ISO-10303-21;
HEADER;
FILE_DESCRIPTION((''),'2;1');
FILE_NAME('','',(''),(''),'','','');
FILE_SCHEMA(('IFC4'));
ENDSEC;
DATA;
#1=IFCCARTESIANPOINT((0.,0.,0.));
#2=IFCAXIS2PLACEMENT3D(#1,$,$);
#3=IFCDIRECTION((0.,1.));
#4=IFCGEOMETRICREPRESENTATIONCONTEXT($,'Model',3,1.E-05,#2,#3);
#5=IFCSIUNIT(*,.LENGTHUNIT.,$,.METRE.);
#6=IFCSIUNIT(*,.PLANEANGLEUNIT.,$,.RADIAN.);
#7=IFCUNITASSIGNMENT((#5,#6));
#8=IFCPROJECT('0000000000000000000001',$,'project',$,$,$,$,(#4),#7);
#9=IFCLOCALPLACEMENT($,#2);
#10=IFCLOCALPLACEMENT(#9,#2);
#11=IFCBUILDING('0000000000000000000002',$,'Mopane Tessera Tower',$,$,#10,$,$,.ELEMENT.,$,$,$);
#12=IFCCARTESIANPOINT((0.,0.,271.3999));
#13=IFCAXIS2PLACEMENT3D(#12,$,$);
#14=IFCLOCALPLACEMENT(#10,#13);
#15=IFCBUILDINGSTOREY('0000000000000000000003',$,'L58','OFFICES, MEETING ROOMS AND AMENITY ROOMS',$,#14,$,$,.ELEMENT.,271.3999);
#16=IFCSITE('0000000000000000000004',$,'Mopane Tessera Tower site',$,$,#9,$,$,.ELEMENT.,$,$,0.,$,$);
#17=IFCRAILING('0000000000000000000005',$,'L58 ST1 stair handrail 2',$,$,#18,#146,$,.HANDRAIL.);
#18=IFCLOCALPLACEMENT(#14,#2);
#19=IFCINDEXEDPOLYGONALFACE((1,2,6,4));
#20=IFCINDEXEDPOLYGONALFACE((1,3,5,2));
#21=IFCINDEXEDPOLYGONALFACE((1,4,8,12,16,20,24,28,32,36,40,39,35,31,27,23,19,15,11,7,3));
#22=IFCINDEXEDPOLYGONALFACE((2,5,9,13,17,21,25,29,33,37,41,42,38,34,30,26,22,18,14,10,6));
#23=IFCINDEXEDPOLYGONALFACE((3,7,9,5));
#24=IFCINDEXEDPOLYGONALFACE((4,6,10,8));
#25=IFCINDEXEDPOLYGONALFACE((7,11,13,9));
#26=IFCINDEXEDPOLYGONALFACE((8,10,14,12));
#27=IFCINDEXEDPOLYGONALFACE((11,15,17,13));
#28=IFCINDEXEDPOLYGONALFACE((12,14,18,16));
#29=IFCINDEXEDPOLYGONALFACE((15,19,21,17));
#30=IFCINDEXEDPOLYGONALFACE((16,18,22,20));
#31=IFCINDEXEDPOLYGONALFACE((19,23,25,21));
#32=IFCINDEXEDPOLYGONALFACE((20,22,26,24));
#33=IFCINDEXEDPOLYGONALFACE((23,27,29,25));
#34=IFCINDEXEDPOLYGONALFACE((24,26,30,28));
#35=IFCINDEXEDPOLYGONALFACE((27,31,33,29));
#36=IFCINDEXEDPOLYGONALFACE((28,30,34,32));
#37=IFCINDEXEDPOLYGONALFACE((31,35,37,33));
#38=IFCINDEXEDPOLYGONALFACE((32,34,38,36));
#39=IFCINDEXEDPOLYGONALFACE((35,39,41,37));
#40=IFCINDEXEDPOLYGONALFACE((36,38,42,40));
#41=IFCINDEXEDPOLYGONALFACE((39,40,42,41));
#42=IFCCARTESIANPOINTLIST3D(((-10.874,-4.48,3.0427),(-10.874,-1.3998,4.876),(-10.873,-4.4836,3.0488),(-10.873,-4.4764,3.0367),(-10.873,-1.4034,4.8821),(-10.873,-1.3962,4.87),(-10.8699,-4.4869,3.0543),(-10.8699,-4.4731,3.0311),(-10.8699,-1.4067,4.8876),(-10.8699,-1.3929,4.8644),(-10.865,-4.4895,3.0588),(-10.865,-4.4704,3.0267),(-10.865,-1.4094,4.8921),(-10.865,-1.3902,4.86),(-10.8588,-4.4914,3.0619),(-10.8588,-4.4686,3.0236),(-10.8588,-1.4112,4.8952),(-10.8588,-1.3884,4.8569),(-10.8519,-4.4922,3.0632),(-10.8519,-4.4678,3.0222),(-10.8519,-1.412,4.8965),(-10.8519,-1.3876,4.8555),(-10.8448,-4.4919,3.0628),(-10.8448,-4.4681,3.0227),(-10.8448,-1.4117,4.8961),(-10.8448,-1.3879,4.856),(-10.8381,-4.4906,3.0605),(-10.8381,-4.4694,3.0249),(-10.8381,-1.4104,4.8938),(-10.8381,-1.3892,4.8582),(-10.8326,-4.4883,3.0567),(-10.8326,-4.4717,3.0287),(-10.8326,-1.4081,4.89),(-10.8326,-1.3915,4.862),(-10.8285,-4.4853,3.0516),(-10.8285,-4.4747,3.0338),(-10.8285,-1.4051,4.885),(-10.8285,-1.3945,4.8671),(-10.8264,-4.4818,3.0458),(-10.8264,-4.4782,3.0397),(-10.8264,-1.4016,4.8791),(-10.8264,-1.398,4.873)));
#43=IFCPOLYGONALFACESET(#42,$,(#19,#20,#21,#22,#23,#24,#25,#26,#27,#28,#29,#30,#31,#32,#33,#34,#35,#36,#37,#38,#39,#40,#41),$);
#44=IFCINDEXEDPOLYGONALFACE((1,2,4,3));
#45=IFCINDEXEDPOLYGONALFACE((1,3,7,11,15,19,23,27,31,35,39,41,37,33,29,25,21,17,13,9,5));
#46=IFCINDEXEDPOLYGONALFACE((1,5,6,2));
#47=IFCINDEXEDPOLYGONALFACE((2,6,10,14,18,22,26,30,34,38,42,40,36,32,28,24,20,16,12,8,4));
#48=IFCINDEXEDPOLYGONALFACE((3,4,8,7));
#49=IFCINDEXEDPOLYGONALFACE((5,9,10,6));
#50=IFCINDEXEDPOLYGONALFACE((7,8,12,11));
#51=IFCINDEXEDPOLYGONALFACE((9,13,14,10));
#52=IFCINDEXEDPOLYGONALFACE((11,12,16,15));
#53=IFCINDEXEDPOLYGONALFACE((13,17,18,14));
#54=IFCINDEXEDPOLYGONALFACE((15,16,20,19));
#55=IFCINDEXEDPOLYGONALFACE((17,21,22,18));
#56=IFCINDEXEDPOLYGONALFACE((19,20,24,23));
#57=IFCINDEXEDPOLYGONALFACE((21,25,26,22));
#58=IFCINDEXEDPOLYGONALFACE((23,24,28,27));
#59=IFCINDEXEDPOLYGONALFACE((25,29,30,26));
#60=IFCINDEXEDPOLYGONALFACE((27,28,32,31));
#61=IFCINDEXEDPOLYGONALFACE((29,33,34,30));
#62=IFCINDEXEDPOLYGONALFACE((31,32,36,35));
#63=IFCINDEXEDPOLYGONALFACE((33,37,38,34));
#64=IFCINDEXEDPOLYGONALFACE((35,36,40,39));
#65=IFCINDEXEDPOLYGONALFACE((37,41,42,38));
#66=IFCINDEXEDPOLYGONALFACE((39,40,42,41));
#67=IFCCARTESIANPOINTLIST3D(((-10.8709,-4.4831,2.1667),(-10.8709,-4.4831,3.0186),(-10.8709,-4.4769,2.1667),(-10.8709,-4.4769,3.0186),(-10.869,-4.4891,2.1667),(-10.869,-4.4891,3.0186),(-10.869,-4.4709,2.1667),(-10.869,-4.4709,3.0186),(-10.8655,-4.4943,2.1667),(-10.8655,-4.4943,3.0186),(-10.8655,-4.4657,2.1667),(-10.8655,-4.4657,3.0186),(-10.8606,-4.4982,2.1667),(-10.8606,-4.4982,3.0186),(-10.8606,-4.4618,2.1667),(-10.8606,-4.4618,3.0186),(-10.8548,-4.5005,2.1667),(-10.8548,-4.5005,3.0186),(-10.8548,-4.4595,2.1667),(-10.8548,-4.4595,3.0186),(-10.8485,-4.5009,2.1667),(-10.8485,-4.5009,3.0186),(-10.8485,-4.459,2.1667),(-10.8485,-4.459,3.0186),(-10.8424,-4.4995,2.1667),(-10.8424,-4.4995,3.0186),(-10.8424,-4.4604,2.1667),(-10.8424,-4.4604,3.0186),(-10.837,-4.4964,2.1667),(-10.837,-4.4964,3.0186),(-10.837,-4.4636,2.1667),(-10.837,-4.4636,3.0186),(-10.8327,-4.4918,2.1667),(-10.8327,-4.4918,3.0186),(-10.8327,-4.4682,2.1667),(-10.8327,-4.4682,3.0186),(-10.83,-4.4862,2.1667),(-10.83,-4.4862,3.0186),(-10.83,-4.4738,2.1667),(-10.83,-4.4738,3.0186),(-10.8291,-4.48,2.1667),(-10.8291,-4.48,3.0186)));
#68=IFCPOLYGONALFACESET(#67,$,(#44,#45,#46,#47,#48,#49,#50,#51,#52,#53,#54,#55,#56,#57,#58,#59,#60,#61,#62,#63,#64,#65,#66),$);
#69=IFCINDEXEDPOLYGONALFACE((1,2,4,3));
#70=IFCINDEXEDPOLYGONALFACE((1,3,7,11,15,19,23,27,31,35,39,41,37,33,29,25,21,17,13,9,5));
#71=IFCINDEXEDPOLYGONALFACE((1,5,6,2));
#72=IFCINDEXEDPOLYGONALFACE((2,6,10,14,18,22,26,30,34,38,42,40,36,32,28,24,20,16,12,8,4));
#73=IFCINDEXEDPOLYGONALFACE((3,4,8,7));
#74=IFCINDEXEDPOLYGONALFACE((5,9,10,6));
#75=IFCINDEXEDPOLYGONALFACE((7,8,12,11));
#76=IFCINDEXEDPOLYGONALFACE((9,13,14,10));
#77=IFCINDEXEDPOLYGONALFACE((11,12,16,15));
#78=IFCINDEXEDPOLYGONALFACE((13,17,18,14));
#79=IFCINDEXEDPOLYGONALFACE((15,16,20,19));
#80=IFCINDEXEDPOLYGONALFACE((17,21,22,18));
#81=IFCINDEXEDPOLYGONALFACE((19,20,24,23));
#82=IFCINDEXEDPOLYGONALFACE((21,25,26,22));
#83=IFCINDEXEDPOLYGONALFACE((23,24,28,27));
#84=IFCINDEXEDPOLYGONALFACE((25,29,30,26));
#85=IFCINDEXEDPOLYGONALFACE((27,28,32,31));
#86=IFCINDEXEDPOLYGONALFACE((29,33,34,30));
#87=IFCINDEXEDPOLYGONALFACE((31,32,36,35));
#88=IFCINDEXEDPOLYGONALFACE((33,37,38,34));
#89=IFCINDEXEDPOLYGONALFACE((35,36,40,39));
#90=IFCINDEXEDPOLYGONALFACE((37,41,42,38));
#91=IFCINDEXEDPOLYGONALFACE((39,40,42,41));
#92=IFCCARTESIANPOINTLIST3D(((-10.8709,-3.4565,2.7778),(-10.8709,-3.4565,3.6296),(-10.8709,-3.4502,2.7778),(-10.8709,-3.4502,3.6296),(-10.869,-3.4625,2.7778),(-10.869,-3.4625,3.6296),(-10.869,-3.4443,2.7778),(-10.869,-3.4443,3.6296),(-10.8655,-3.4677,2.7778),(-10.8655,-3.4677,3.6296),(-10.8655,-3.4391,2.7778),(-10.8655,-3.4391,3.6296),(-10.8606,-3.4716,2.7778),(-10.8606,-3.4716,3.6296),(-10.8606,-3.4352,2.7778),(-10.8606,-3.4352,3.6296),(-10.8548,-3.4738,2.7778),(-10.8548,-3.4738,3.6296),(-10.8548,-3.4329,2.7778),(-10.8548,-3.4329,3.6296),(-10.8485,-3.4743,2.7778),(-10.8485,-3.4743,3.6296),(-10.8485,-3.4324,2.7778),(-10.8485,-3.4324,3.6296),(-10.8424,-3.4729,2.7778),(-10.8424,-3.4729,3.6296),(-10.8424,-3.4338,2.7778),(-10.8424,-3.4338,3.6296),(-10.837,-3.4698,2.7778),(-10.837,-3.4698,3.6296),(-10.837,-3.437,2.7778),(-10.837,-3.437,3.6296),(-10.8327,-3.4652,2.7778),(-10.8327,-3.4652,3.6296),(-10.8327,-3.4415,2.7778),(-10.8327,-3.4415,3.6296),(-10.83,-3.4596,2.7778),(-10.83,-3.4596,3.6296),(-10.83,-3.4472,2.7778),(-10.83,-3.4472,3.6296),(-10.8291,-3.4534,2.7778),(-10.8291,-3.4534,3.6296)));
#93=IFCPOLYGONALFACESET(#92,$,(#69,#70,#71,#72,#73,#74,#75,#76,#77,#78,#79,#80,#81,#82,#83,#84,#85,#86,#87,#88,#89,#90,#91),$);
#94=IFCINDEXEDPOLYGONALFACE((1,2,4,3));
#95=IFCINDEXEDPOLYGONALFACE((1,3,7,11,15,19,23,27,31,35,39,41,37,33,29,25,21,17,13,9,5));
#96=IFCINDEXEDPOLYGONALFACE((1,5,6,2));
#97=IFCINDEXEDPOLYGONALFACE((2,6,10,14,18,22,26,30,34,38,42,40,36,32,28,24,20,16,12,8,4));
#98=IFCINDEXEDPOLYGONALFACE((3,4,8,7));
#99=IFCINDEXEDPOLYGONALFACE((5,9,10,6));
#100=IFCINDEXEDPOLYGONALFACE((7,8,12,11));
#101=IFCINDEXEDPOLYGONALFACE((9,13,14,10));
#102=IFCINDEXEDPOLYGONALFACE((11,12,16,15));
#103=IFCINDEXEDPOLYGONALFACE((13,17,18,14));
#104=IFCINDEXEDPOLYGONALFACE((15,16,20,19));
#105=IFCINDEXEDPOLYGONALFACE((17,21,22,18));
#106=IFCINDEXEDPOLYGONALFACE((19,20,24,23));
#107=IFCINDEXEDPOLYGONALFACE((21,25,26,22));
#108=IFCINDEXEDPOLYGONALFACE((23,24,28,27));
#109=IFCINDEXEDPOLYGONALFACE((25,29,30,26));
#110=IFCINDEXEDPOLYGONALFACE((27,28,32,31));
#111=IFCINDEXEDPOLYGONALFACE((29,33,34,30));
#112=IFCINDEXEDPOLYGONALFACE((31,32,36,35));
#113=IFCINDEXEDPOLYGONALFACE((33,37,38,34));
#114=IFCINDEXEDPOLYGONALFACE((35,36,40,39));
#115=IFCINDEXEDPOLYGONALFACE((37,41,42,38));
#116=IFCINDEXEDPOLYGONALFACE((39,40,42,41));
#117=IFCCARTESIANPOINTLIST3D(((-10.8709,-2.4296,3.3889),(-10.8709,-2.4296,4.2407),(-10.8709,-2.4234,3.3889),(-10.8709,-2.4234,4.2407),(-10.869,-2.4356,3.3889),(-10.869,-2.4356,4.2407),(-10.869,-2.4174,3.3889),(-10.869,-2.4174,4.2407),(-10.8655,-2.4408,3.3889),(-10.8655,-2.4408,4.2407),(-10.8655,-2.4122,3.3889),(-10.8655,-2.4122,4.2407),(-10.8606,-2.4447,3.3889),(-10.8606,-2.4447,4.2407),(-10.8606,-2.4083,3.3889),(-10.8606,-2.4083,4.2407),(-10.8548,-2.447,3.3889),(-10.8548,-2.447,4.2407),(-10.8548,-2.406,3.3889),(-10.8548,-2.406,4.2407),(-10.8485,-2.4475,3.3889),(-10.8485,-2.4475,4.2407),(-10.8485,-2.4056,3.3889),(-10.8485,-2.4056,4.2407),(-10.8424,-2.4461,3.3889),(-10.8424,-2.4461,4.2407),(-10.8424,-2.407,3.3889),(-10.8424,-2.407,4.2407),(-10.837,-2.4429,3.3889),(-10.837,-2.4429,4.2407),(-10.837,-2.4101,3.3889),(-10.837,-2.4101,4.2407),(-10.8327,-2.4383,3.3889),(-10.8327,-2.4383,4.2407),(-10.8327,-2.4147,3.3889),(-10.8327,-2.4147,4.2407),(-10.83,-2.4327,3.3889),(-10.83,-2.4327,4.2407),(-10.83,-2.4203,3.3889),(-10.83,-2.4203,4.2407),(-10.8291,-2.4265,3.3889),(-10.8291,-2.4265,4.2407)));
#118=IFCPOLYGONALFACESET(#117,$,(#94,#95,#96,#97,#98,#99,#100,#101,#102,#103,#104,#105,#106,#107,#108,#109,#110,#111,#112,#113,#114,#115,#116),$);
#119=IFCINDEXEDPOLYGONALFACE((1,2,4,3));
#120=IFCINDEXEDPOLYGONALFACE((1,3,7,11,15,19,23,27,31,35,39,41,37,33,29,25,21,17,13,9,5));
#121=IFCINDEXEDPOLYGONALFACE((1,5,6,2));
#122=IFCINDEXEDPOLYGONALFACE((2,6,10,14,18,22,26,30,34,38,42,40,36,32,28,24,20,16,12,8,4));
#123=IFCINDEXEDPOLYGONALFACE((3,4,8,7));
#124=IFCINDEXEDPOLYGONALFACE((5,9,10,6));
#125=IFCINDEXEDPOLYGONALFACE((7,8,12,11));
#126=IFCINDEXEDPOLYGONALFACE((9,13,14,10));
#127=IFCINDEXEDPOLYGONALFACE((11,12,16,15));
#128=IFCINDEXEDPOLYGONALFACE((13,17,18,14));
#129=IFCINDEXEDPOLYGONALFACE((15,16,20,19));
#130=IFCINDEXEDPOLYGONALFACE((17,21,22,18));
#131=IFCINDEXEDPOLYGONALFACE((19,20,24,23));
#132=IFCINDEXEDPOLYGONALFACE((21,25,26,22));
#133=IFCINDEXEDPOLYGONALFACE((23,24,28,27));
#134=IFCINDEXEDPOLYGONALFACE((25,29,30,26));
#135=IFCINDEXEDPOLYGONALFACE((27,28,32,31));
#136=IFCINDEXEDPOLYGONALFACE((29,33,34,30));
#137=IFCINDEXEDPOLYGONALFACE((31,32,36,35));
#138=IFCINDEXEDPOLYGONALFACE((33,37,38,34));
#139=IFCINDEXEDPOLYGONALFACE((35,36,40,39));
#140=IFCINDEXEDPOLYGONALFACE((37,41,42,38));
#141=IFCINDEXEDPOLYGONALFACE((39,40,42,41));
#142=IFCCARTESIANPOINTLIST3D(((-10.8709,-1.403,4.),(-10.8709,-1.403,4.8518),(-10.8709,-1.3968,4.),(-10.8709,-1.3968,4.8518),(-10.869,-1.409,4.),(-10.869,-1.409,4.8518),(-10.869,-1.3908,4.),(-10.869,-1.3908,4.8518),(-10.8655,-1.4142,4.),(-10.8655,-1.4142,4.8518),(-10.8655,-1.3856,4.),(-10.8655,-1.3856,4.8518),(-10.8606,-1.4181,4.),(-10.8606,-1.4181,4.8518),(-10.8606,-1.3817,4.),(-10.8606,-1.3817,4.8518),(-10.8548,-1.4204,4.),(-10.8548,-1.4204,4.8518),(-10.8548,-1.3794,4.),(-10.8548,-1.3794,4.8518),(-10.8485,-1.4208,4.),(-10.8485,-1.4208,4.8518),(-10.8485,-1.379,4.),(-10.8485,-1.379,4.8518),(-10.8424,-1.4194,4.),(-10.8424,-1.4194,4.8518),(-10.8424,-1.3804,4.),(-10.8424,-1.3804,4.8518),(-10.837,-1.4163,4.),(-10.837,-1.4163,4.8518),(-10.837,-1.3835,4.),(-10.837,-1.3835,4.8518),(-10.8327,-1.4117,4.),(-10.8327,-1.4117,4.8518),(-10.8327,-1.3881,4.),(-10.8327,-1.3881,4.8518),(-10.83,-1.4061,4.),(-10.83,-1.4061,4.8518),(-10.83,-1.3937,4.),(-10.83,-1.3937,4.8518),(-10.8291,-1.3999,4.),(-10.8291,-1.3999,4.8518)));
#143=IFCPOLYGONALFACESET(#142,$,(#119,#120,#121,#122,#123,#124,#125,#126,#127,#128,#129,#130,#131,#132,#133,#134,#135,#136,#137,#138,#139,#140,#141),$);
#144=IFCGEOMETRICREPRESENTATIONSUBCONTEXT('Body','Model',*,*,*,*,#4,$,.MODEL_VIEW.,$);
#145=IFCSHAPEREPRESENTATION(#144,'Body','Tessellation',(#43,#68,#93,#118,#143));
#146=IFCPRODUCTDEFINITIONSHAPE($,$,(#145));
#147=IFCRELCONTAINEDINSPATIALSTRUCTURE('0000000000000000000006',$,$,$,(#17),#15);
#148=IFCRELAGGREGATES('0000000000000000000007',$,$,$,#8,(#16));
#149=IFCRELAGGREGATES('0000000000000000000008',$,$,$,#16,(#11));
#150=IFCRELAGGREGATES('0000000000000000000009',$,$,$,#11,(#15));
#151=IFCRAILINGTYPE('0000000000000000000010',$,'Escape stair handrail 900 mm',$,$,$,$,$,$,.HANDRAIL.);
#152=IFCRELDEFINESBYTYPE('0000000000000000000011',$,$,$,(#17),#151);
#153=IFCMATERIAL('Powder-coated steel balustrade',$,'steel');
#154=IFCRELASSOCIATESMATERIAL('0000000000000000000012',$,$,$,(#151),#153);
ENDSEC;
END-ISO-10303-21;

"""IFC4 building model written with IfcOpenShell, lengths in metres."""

from ifc_helpers import new_model, si_unit, direction, frame, origin, origin_2d, place, context, subcontext, project, spatial, circle, extrude, material, type_object, element, save


model = new_model("IFC4")

# Units and contexts
model_context = context("Model", 3, precision=1e-05, world=origin(), true_north=direction((0.0, 1.0)))
body_context = subcontext(model_context, "Body", "Model", "MODEL_VIEW")
ifc_project = project(units=[si_unit("LENGTHUNIT", "METRE"), si_unit("PLANEANGLEUNIT", "RADIAN")], contexts=[model_context])

# Site, building, storey
site_placement = place(None, origin())
site = spatial("IfcSite", under=ifc_project, at=site_placement, Name="Mopane Tessera Tower site", CompositionType="ELEMENT", RefElevation=0.0)
building_placement = place(site_placement, origin())
building = spatial("IfcBuilding", under=site, at=building_placement, Name="Mopane Tessera Tower", CompositionType="ELEMENT")
storey_placement = place(building_placement, frame((0.0, 0.0, 271.3999)))
storey = spatial("IfcBuildingStorey", under=building, at=storey_placement, Name="L58", Description="OFFICES, MEETING ROOMS AND AMENITY ROOMS", CompositionType="ELEMENT", Elevation=271.3999)

# Railing
ifc_material_1 = material(Name="Powder-coated steel balustrade", Category="steel")
railing_type_1 = type_object("IfcRailingType", Name="Escape stair handrail 900 mm", PredefinedType="HANDRAIL", material=ifc_material_1)
railing_1_placement = place(storey_placement, frame((-10.8501, -4.48, 2.1667)))
element("IfcRailing", 1, at=railing_1_placement, inside=storey, type_object=railing_type_1, Name="L58 ST1 stair handrail 2", PredefinedType="HANDRAIL", context=body_context, shape_type="SweptSolid", body=[
    extrude(circle(Radius=0.0239, at=origin_2d()), frame((0.0, 0.0, 0.876), z_axis=(0.0, 0.859309, 0.511458), x_axis=(-1.0, 0.0, 0.0)), (0.0, 0.0, 1.0), 3.5845),
    extrude(circle(Radius=0.021, at=origin_2d()), origin(), (0.0, 0.0, 1.0), 0.8518),
    extrude(circle(Radius=0.021, at=origin_2d()), frame((0.0, 1.0266, 0.6111)), (0.0, 0.0, 1.0), 0.8518),
    extrude(circle(Radius=0.021, at=origin_2d()), frame((0.0, 2.0535, 1.2222)), (0.0, 0.0, 1.0), 0.8518),
    extrude(circle(Radius=0.021, at=origin_2d()), frame((0.0, 3.0801, 1.8333)), (0.0, 0.0, 1.0), 0.8518),
])

save(model, "model.ifc")
